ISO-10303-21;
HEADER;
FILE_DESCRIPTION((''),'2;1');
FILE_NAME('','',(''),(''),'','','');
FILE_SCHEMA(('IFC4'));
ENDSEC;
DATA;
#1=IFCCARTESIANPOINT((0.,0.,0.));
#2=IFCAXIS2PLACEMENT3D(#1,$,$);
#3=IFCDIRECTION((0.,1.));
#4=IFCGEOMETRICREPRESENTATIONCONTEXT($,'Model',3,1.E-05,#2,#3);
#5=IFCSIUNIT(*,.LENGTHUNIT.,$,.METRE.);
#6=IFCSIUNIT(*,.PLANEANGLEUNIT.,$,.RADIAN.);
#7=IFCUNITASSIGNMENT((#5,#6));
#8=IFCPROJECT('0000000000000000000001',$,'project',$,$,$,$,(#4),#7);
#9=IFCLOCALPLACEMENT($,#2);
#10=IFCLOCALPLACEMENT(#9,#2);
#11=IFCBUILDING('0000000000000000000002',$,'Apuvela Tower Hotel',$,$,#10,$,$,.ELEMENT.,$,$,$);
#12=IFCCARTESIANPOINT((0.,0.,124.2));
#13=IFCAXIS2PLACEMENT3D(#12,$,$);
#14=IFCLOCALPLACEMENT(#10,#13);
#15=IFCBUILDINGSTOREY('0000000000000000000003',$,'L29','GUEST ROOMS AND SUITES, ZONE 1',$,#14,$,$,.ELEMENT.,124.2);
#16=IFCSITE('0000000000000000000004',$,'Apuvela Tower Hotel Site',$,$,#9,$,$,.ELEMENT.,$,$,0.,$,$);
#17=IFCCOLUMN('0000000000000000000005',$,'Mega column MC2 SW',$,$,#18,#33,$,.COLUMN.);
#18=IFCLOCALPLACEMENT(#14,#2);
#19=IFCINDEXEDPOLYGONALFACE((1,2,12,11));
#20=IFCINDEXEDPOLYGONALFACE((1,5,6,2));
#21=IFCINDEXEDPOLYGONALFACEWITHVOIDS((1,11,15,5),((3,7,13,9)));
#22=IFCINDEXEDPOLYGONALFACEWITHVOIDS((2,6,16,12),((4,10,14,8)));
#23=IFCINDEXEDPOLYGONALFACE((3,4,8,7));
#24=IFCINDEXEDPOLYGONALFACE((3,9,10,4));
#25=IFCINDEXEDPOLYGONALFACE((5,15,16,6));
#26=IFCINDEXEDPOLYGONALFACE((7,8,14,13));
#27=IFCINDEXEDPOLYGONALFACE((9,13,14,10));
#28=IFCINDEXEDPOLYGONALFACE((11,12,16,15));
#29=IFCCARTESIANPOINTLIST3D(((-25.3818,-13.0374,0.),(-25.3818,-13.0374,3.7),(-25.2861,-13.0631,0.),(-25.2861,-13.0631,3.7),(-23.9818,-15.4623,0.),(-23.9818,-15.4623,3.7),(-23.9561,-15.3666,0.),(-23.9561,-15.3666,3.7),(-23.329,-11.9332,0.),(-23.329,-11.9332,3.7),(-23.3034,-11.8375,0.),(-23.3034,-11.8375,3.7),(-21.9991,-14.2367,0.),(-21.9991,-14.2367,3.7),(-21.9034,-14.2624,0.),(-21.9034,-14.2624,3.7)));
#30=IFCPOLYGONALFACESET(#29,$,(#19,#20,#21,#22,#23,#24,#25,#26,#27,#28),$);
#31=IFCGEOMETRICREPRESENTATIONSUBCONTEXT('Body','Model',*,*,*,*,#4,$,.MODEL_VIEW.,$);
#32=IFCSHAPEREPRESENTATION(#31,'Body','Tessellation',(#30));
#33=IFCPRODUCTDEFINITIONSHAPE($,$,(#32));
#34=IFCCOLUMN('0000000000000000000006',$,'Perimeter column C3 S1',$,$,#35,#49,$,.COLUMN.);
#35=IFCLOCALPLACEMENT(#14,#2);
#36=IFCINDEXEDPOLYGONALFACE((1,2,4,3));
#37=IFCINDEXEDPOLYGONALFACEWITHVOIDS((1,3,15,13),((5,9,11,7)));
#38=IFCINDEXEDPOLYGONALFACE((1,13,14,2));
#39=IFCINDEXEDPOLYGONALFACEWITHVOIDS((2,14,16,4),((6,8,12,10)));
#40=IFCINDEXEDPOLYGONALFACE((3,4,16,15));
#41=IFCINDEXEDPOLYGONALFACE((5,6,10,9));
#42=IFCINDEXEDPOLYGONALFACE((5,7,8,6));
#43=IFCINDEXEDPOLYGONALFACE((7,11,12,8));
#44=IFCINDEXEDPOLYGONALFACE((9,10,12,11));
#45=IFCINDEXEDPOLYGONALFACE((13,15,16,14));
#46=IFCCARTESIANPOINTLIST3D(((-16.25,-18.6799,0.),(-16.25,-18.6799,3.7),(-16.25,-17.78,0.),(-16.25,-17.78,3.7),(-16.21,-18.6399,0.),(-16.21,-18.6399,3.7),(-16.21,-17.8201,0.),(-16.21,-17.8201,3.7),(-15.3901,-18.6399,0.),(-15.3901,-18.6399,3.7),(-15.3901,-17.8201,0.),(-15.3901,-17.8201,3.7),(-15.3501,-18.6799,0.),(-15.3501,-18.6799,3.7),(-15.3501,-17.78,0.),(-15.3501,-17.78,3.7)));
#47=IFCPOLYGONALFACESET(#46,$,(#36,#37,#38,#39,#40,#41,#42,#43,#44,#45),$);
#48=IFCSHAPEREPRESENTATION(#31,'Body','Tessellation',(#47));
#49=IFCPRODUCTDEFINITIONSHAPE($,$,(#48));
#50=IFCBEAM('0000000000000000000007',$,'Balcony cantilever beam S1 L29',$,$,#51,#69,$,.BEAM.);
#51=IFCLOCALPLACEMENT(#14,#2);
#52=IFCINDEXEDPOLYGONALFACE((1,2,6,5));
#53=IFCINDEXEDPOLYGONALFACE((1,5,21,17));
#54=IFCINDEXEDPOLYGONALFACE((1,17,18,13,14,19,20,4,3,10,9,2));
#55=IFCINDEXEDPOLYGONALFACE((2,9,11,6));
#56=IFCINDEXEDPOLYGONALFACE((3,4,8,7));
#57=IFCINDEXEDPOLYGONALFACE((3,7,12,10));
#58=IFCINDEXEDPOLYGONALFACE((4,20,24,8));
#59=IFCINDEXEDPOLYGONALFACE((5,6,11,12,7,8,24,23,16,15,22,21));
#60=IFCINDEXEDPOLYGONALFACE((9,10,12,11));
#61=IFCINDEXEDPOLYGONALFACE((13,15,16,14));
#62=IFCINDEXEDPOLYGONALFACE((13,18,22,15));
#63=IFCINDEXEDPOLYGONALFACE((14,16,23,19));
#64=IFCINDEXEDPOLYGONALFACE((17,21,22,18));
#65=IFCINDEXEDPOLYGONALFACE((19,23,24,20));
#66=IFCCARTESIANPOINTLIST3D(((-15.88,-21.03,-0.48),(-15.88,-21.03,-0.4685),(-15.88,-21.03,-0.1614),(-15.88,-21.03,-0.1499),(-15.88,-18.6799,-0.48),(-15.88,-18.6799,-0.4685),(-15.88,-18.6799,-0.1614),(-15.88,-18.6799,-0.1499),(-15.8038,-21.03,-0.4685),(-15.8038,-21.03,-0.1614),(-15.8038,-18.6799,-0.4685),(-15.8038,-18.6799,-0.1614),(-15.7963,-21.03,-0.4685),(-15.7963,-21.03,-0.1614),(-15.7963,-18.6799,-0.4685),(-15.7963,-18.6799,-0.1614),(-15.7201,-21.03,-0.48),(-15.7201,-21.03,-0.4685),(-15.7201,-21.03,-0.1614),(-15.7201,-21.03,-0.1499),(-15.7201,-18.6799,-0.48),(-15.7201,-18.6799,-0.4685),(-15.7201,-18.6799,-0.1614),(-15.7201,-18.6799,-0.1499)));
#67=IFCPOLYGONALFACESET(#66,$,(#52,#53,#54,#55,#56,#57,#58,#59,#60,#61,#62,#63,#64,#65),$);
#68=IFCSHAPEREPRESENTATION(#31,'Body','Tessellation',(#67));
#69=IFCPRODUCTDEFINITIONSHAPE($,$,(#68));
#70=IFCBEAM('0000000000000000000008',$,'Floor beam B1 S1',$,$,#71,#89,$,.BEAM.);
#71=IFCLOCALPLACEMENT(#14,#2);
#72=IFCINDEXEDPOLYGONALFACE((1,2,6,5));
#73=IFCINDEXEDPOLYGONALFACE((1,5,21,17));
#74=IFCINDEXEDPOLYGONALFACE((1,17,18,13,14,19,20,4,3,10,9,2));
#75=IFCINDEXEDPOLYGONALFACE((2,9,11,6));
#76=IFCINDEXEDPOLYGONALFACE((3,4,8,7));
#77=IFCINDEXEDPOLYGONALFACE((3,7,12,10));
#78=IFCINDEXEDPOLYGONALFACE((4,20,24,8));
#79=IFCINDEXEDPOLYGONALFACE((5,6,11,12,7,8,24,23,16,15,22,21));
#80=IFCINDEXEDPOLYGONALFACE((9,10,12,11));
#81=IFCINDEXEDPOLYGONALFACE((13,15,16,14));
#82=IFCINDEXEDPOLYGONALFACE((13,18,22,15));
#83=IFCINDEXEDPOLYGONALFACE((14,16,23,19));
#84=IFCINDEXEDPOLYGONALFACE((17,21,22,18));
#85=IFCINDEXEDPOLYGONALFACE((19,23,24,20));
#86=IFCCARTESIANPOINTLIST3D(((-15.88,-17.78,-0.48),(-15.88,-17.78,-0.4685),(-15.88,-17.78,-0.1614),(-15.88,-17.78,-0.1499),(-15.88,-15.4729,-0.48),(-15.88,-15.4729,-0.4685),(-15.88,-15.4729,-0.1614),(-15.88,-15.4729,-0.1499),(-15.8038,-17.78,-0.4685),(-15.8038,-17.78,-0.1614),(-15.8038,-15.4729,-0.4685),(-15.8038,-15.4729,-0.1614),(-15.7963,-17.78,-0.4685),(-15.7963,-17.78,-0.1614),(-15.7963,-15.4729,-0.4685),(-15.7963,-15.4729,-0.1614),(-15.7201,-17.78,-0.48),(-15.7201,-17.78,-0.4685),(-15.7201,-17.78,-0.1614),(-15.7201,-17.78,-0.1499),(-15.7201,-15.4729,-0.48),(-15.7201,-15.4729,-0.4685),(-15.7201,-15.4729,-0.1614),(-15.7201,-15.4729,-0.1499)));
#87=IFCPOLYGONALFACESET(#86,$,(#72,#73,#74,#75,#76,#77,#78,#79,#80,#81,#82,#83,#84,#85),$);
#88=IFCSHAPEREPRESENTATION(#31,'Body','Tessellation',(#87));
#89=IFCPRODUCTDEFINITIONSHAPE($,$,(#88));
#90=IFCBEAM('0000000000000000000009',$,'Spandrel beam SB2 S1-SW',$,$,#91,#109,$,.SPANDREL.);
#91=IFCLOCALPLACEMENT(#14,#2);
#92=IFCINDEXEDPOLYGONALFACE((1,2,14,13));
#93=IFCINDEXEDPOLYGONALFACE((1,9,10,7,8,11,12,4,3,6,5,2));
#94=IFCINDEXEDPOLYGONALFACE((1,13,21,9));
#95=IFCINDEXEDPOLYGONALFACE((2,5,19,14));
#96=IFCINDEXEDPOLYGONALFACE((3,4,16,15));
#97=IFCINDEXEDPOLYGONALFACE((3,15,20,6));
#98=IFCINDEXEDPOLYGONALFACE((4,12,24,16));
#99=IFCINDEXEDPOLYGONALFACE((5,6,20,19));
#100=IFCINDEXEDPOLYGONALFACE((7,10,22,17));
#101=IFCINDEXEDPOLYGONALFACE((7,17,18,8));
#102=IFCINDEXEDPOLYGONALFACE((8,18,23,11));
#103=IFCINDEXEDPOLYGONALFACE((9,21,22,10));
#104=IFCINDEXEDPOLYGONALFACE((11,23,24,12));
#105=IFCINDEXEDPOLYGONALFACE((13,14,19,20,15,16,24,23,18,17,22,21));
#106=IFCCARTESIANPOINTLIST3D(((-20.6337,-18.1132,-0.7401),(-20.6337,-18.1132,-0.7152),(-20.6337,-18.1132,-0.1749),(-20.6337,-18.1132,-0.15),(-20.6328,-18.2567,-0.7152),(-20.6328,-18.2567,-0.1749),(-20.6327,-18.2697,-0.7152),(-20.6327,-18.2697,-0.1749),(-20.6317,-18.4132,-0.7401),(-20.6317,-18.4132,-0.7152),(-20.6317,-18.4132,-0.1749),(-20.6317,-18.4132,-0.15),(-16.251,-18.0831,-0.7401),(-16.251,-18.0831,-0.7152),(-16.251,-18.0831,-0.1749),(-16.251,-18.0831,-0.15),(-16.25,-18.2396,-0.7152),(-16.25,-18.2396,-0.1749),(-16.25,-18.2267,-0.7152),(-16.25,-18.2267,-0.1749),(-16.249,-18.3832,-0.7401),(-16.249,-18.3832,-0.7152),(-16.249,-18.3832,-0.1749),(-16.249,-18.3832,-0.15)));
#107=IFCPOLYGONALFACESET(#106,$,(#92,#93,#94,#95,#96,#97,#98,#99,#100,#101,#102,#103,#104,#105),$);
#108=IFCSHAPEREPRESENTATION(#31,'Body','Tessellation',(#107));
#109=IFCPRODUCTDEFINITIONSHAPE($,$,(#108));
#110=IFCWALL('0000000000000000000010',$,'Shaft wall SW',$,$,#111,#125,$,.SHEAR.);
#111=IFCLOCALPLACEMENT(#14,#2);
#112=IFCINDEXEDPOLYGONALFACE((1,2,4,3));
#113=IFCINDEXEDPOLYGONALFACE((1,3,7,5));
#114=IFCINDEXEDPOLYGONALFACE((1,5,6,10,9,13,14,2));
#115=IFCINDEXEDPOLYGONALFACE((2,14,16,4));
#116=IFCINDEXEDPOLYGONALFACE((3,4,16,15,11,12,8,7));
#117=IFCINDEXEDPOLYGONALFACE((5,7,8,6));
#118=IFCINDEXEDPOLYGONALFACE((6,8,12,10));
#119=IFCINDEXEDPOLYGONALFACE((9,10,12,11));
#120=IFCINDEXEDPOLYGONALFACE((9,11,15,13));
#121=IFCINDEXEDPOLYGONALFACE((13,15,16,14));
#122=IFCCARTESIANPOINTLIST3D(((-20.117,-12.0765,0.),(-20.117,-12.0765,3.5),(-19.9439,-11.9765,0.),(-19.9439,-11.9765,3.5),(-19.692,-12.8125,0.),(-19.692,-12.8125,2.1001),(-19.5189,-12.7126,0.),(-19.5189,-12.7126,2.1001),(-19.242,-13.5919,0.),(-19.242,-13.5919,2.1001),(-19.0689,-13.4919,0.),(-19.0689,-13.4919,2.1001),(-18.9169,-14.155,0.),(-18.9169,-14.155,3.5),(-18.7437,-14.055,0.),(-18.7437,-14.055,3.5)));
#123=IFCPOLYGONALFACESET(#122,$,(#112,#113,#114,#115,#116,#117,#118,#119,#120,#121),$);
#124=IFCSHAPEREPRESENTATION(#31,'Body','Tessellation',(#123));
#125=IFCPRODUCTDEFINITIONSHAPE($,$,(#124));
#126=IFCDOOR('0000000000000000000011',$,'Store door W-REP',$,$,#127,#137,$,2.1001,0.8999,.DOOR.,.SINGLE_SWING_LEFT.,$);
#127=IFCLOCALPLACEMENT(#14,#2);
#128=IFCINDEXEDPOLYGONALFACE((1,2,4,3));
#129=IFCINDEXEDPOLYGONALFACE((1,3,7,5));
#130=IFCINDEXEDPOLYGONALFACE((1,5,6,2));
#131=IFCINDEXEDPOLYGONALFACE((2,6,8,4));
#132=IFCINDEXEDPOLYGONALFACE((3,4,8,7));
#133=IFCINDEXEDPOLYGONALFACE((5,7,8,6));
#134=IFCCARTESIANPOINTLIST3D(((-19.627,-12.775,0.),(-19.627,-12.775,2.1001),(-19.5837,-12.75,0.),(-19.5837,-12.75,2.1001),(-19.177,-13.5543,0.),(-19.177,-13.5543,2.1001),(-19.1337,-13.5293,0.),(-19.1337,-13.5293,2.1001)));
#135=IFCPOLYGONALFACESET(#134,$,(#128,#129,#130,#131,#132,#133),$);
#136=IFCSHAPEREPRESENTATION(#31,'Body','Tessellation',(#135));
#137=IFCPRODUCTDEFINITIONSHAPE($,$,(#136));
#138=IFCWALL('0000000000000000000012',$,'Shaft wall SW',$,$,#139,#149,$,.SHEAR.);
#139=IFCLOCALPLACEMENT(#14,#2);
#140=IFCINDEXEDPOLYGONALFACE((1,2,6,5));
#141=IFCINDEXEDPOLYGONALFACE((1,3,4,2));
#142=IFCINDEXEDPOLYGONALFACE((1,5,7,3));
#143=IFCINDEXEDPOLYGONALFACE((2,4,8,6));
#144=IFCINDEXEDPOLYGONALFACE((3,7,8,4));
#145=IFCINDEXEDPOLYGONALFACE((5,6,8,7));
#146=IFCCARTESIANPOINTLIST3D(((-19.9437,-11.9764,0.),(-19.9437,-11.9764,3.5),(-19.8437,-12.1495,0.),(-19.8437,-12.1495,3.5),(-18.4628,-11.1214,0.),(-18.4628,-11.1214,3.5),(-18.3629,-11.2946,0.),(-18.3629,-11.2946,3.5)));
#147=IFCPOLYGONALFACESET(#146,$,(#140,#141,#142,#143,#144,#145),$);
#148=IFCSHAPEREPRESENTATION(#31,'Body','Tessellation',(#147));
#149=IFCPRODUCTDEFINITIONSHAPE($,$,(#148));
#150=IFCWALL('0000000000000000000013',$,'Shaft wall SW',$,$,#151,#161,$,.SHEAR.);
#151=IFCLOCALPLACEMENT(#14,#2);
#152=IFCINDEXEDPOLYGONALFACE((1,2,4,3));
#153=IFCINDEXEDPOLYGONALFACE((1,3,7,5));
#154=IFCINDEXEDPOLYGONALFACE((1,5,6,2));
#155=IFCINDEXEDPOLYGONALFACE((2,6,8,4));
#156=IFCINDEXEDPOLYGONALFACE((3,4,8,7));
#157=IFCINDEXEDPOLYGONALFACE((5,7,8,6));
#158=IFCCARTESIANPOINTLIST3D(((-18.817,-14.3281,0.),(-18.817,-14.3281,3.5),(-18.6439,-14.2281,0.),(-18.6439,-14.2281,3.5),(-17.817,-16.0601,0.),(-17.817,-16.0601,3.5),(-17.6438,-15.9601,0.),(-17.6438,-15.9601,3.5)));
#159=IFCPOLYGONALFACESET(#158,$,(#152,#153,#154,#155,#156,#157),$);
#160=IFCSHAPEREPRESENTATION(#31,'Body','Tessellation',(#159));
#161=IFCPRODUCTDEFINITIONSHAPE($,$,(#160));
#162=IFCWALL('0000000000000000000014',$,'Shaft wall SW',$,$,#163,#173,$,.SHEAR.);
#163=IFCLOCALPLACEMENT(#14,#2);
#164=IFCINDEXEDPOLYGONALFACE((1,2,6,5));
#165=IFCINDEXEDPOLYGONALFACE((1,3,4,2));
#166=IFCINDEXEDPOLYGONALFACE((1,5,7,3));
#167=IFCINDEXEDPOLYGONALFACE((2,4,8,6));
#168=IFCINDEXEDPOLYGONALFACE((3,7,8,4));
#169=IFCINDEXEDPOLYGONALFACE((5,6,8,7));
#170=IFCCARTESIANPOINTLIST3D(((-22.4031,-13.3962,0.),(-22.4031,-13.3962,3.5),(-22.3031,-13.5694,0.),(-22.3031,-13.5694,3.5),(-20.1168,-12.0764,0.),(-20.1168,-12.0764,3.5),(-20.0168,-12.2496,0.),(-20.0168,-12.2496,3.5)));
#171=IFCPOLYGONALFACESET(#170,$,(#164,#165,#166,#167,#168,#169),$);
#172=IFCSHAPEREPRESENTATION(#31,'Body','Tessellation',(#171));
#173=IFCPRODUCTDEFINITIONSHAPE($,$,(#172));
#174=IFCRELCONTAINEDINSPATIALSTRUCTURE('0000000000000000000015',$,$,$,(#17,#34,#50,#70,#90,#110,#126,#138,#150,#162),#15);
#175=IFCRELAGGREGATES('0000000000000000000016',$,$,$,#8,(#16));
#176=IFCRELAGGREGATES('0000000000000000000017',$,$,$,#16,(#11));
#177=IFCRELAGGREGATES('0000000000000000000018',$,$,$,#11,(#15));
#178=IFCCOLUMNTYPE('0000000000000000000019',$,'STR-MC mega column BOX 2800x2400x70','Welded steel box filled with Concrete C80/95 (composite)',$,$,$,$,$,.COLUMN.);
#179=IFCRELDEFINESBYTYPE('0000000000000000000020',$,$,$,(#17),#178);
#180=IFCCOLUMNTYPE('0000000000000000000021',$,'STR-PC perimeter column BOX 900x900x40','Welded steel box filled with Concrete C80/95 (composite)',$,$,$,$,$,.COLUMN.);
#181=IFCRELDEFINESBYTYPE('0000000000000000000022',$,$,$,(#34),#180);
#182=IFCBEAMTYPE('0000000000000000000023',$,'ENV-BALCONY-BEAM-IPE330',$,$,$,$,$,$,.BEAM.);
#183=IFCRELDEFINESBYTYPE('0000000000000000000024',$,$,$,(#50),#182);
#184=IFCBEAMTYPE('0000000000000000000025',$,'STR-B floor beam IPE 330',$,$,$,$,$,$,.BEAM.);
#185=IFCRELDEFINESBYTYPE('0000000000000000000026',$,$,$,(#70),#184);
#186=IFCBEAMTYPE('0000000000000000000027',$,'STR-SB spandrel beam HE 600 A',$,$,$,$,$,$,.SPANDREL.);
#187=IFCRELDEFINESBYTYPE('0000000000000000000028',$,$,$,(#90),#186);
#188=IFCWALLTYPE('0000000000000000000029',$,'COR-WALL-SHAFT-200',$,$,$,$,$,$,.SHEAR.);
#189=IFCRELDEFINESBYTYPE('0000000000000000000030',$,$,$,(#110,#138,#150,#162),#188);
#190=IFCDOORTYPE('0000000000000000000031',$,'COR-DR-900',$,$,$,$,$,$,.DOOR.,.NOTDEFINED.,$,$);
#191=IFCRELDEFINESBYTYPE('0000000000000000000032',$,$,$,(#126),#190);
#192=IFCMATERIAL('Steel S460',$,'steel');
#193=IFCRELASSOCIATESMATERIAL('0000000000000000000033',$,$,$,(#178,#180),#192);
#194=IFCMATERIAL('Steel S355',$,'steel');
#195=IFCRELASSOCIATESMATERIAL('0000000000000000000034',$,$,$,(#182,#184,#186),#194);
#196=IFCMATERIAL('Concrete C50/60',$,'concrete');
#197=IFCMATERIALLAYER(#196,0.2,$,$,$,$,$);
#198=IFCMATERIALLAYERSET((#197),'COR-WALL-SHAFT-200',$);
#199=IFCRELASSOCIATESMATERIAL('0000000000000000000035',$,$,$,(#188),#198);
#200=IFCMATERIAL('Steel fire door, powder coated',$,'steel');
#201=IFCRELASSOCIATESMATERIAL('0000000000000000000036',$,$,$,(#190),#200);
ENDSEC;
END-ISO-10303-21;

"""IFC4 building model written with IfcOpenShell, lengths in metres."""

from ifc_helpers import new_model, si_unit, direction, frame, frame_2d, origin, origin_2d, place, context, subcontext, project, spatial, rectangle, hollow_rectangle, i_section, extrude, material, layer, layer_set, material_profile, profile_set, type_object, element, fill, save


model = new_model("IFC4")

# Units and contexts
model_context = context("Model", 3, precision=1e-05, world=origin(), true_north=direction((0.0, 1.0)))
body_context = subcontext(model_context, "Body", "Model", "MODEL_VIEW")
ifc_project = project(units=[si_unit("LENGTHUNIT", "METRE"), si_unit("PLANEANGLEUNIT", "RADIAN")], contexts=[model_context])

# Site, building, storey
site_placement = place(None, origin())
site = spatial("IfcSite", under=ifc_project, at=site_placement, Name="Apuvela Tower Hotel Site", CompositionType="ELEMENT", RefElevation=0.0)
building_placement = place(site_placement, origin())
building = spatial("IfcBuilding", under=site, at=building_placement, Name="Apuvela Tower Hotel", CompositionType="ELEMENT")
storey_placement = place(building_placement, frame((0.0, 0.0, 124.2)))
storey = spatial("IfcBuildingStorey", under=building, at=storey_placement, Name="L29", Description="GUEST ROOMS AND SUITES, ZONE 1", CompositionType="ELEMENT", Elevation=124.2)

# Columns
ifc_material_1 = material(Name="Steel S460", Category="steel")
ifc_material_profile_1 = material_profile(ifc_material_1, hollow_rectangle(XDim=2.8, YDim=2.3999, WallThickness=0.0701, at=origin_2d()), Name="BOX 2800x2400x70")
ifc_material_2 = material(Name="Concrete C80/95", Category="concrete")
ifc_material_profile_2 = material_profile(ifc_material_2, rectangle(XDim=2.6599, YDim=2.26, at=origin_2d()), Name="Concrete C80/95 infill")
ifc_profile_set_1 = profile_set([ifc_material_profile_1, ifc_material_profile_2], Name="Steel S460")
column_type_1 = type_object("IfcColumnType", Name="STR-MC mega column BOX 2800x2400x70", Description="Welded steel box filled with Concrete C80/95 (composite)", PredefinedType="COLUMN", material=ifc_profile_set_1)
column_1_placement = place(storey_placement, frame((-23.6426, -13.6499, 0.0), z_axis=(0.0, 0.0, 1.0), x_axis=(-0.5, 0.866025, 0.0)))
element("IfcColumn", 1, at=column_1_placement, inside=storey, type_object=column_type_1, Name="Mega column MC2 SW", PredefinedType="COLUMN", context=body_context, shape_type="SweptSolid", body=[
    extrude(hollow_rectangle(XDim=2.8, YDim=2.3999, WallThickness=0.0701, at=origin_2d()), origin(), (0.0, 0.0, 1.0), 3.7),
])
ifc_material_profile_3 = material_profile(ifc_material_1, hollow_rectangle(XDim=0.8999, YDim=0.8999, WallThickness=0.04, at=origin_2d()), Name="BOX 900x900x40")
ifc_material_profile_4 = material_profile(ifc_material_2, rectangle(XDim=0.8201, YDim=0.8201, at=origin_2d()), Name="Concrete C80/95 infill")
ifc_profile_set_2 = profile_set([ifc_material_profile_3, ifc_material_profile_4], Name="Steel S460")
column_type_2 = type_object("IfcColumnType", Name="STR-PC perimeter column BOX 900x900x40", Description="Welded steel box filled with Concrete C80/95 (composite)", PredefinedType="COLUMN", material=ifc_profile_set_2)
column_2_placement = place(storey_placement, frame((-15.8, -18.23, 0.0), z_axis=(0.0, 0.0, 1.0), x_axis=(-1.0, 0.0, 0.0)))
element("IfcColumn", 2, at=column_2_placement, inside=storey, type_object=column_type_2, Name="Perimeter column C3 S1", PredefinedType="COLUMN", context=body_context, shape_type="SweptSolid", body=[
    extrude(hollow_rectangle(XDim=0.8999, YDim=0.8999, WallThickness=0.04, at=origin_2d()), origin(), (0.0, 0.0, 1.0), 3.7),
])

# Beams
ifc_material_3 = material(Name="Steel S355", Category="steel")
ifc_material_profile_5 = material_profile(ifc_material_3, i_section(OverallWidth=0.1599, OverallDepth=0.3301, WebThickness=0.0076, FlangeThickness=0.0115, at=origin_2d()), Name="IPE 330")
ifc_profile_set_3 = profile_set([ifc_material_profile_5], Name="Steel S355")
beam_type_1 = type_object("IfcBeamType", Name="ENV-BALCONY-BEAM-IPE330", PredefinedType="BEAM", material=ifc_profile_set_3)
beam_1_placement = place(storey_placement, frame((-15.8, -18.6799, -0.3149), z_axis=(0.0, -1.0, 0.0), x_axis=(1.0, 0.0, 0.0)))
element("IfcBeam", 3, at=beam_1_placement, inside=storey, type_object=beam_type_1, Name="Balcony cantilever beam S1 L29", PredefinedType="BEAM", context=body_context, shape_type="SweptSolid", body=[
    extrude(i_section(OverallWidth=0.1599, OverallDepth=0.3301, WebThickness=0.0076, FlangeThickness=0.0115, at=origin_2d()), origin(), (0.0, 0.0, 1.0), 2.3501),
])
ifc_material_profile_6 = material_profile(ifc_material_3, i_section(OverallWidth=0.1599, OverallDepth=0.3301, WebThickness=0.0076, FlangeThickness=0.0115, at=origin_2d()), Name="IPE 330")
ifc_profile_set_4 = profile_set([ifc_material_profile_6], Name="Steel S355")
beam_type_2 = type_object("IfcBeamType", Name="STR-B floor beam IPE 330", PredefinedType="BEAM", material=ifc_profile_set_4)
beam_2_placement = place(storey_placement, frame((-15.8, -17.78, -0.3149), z_axis=(0.0, 1.0, 0.0), x_axis=(-1.0, 0.0, 0.0)))
element("IfcBeam", 4, at=beam_2_placement, inside=storey, type_object=beam_type_2, Name="Floor beam B1 S1", PredefinedType="BEAM", context=body_context, shape_type="SweptSolid", body=[
    extrude(i_section(OverallWidth=0.1599, OverallDepth=0.3301, WebThickness=0.0076, FlangeThickness=0.0115, at=origin_2d()), origin(), (0.0, 0.0, 1.0), 2.3071),
])
ifc_material_profile_7 = material_profile(ifc_material_3, i_section(OverallWidth=0.3, OverallDepth=0.5901, WebThickness=0.0129, FlangeThickness=0.0249, at=origin_2d()), Name="HE 600 A")
ifc_profile_set_5 = profile_set([ifc_material_profile_7], Name="Steel S355")
beam_type_3 = type_object("IfcBeamType", Name="STR-SB spandrel beam HE 600 A", PredefinedType="SPANDREL", material=ifc_profile_set_5)
beam_3_placement = place(storey_placement, frame((-16.25, -18.2332, -0.4451), z_axis=(-0.999977, -0.006851, 0.0), x_axis=(0.006851, -0.999977, 0.0)))
element("IfcBeam", 5, at=beam_3_placement, inside=storey, type_object=beam_type_3, Name="Spandrel beam SB2 S1-SW", PredefinedType="SPANDREL", context=body_context, shape_type="SweptSolid", body=[
    extrude(i_section(OverallWidth=0.3, OverallDepth=0.5901, WebThickness=0.0129, FlangeThickness=0.0249, at=origin_2d()), origin(), (0.0, 0.0, 1.0), 4.3828),
])

# Wall, opening, door
ifc_material_4 = material(Name="Concrete C50/60", Category="concrete")
ifc_layer_1 = layer(ifc_material_4, 0.2)
ifc_layer_set_1 = layer_set([ifc_layer_1], Name="COR-WALL-SHAFT-200")
wall_type_1 = type_object("IfcWallType", Name="COR-WALL-SHAFT-200", PredefinedType="SHEAR", material=ifc_layer_set_1)
wall_1_placement = place(storey_placement, frame((-20.0305, -12.0264, 0.0), z_axis=(0.0, 0.0, 1.0), x_axis=(0.500034, -0.866006, 0.0)))
wall_1 = element("IfcWall", 6, at=wall_1_placement, inside=storey, type_object=wall_type_1, Name="Shaft wall SW", PredefinedType="SHEAR", context=body_context, shape_type="SweptSolid", body=[
    extrude(rectangle(XDim=2.4001, YDim=0.2, at=frame_2d((1.2002, 0.0))), origin(), (0.0, 0.0, 1.0), 3.5),
])
opening_1_placement = place(wall_1_placement, frame((0.8501, 0.0, 0.0)))
opening_1 = element("IfcOpeningElement", 7, at=opening_1_placement, cuts=wall_1, PredefinedType="OPENING", context=body_context, shape_type="SweptSolid", body=[
    extrude(rectangle(XDim=0.8999, YDim=2.1001, at=frame_2d((0.45, 1.05))), frame((0.0, 0.1099, 0.0), z_axis=(0.0, -1.0, 0.0), x_axis=(1.0, 0.0, 0.0)), (0.0, 0.0, 1.0), 0.22),
])
ifc_material_5 = material(Name="Steel fire door, powder coated", Category="steel")
door_type_1 = type_object("IfcDoorType", Name="COR-DR-900", OperationType="NOTDEFINED", PredefinedType="DOOR", material=ifc_material_5)
door_1_placement = place(opening_1_placement, frame((0.8999, 0.0, 0.0), z_axis=(0.0, 0.0, 1.0), x_axis=(-1.0, 0.0, 0.0)))
door_1 = element("IfcDoor", 8, at=door_1_placement, inside=storey, type_object=door_type_1, Name="Store door W-REP", OperationType="SINGLE_SWING_LEFT", OverallHeight=2.1001, OverallWidth=0.8999, PredefinedType="DOOR", context=body_context, shape_type="SweptSolid", body=[
    extrude(rectangle(XDim=0.8999, YDim=2.1001, at=frame_2d((0.45, 1.05))), frame((0.0, 0.0249, 0.0), z_axis=(0.0, -1.0, 0.0), x_axis=(1.0, 0.0, 0.0)), (0.0, 0.0, 1.0), 0.05),
])
fill(opening_1, door_1)

# Walls
wall_2_placement = place(storey_placement, frame((-18.4128, -11.208, 0.0), z_axis=(0.0, 0.0, 1.0), x_axis=(-0.866038, -0.499978, 0.0)))
element("IfcWall", 9, at=wall_2_placement, inside=storey, type_object=wall_type_1, Name="Shaft wall SW", PredefinedType="SHEAR", context=body_context, shape_type="SweptSolid", body=[
    extrude(rectangle(XDim=1.71, YDim=0.2, at=frame_2d((0.855, 0.0))), origin(), (0.0, 0.0, 1.0), 3.5),
])
wall_3_placement = place(storey_placement, frame((-18.7305, -14.2781, 0.0), z_axis=(0.0, 0.0, 1.0), x_axis=(0.500025, -0.866011, 0.0)))
element("IfcWall", 10, at=wall_3_placement, inside=storey, type_object=wall_type_1, Name="Shaft wall SW", PredefinedType="SHEAR", context=body_context, shape_type="SweptSolid", body=[
    extrude(rectangle(XDim=2.0, YDim=0.2, at=frame_2d((1.0, 0.0))), origin(), (0.0, 0.0, 1.0), 3.5),
])
wall_4_placement = place(storey_placement, frame((-20.0669, -12.1631, 0.0), z_axis=(0.0, 0.0, 1.0), x_axis=(-0.866061, -0.499939, 0.0)))
element("IfcWall", 11, at=wall_4_placement, inside=storey, type_object=wall_type_1, Name="Shaft wall SW", PredefinedType="SHEAR", context=body_context, shape_type="SweptSolid", body=[
    extrude(rectangle(XDim=2.6399, YDim=0.2, at=frame_2d((1.3198, 0.0))), origin(), (0.0, 0.0, 1.0), 3.5),
])

save(model, "model.ifc")
